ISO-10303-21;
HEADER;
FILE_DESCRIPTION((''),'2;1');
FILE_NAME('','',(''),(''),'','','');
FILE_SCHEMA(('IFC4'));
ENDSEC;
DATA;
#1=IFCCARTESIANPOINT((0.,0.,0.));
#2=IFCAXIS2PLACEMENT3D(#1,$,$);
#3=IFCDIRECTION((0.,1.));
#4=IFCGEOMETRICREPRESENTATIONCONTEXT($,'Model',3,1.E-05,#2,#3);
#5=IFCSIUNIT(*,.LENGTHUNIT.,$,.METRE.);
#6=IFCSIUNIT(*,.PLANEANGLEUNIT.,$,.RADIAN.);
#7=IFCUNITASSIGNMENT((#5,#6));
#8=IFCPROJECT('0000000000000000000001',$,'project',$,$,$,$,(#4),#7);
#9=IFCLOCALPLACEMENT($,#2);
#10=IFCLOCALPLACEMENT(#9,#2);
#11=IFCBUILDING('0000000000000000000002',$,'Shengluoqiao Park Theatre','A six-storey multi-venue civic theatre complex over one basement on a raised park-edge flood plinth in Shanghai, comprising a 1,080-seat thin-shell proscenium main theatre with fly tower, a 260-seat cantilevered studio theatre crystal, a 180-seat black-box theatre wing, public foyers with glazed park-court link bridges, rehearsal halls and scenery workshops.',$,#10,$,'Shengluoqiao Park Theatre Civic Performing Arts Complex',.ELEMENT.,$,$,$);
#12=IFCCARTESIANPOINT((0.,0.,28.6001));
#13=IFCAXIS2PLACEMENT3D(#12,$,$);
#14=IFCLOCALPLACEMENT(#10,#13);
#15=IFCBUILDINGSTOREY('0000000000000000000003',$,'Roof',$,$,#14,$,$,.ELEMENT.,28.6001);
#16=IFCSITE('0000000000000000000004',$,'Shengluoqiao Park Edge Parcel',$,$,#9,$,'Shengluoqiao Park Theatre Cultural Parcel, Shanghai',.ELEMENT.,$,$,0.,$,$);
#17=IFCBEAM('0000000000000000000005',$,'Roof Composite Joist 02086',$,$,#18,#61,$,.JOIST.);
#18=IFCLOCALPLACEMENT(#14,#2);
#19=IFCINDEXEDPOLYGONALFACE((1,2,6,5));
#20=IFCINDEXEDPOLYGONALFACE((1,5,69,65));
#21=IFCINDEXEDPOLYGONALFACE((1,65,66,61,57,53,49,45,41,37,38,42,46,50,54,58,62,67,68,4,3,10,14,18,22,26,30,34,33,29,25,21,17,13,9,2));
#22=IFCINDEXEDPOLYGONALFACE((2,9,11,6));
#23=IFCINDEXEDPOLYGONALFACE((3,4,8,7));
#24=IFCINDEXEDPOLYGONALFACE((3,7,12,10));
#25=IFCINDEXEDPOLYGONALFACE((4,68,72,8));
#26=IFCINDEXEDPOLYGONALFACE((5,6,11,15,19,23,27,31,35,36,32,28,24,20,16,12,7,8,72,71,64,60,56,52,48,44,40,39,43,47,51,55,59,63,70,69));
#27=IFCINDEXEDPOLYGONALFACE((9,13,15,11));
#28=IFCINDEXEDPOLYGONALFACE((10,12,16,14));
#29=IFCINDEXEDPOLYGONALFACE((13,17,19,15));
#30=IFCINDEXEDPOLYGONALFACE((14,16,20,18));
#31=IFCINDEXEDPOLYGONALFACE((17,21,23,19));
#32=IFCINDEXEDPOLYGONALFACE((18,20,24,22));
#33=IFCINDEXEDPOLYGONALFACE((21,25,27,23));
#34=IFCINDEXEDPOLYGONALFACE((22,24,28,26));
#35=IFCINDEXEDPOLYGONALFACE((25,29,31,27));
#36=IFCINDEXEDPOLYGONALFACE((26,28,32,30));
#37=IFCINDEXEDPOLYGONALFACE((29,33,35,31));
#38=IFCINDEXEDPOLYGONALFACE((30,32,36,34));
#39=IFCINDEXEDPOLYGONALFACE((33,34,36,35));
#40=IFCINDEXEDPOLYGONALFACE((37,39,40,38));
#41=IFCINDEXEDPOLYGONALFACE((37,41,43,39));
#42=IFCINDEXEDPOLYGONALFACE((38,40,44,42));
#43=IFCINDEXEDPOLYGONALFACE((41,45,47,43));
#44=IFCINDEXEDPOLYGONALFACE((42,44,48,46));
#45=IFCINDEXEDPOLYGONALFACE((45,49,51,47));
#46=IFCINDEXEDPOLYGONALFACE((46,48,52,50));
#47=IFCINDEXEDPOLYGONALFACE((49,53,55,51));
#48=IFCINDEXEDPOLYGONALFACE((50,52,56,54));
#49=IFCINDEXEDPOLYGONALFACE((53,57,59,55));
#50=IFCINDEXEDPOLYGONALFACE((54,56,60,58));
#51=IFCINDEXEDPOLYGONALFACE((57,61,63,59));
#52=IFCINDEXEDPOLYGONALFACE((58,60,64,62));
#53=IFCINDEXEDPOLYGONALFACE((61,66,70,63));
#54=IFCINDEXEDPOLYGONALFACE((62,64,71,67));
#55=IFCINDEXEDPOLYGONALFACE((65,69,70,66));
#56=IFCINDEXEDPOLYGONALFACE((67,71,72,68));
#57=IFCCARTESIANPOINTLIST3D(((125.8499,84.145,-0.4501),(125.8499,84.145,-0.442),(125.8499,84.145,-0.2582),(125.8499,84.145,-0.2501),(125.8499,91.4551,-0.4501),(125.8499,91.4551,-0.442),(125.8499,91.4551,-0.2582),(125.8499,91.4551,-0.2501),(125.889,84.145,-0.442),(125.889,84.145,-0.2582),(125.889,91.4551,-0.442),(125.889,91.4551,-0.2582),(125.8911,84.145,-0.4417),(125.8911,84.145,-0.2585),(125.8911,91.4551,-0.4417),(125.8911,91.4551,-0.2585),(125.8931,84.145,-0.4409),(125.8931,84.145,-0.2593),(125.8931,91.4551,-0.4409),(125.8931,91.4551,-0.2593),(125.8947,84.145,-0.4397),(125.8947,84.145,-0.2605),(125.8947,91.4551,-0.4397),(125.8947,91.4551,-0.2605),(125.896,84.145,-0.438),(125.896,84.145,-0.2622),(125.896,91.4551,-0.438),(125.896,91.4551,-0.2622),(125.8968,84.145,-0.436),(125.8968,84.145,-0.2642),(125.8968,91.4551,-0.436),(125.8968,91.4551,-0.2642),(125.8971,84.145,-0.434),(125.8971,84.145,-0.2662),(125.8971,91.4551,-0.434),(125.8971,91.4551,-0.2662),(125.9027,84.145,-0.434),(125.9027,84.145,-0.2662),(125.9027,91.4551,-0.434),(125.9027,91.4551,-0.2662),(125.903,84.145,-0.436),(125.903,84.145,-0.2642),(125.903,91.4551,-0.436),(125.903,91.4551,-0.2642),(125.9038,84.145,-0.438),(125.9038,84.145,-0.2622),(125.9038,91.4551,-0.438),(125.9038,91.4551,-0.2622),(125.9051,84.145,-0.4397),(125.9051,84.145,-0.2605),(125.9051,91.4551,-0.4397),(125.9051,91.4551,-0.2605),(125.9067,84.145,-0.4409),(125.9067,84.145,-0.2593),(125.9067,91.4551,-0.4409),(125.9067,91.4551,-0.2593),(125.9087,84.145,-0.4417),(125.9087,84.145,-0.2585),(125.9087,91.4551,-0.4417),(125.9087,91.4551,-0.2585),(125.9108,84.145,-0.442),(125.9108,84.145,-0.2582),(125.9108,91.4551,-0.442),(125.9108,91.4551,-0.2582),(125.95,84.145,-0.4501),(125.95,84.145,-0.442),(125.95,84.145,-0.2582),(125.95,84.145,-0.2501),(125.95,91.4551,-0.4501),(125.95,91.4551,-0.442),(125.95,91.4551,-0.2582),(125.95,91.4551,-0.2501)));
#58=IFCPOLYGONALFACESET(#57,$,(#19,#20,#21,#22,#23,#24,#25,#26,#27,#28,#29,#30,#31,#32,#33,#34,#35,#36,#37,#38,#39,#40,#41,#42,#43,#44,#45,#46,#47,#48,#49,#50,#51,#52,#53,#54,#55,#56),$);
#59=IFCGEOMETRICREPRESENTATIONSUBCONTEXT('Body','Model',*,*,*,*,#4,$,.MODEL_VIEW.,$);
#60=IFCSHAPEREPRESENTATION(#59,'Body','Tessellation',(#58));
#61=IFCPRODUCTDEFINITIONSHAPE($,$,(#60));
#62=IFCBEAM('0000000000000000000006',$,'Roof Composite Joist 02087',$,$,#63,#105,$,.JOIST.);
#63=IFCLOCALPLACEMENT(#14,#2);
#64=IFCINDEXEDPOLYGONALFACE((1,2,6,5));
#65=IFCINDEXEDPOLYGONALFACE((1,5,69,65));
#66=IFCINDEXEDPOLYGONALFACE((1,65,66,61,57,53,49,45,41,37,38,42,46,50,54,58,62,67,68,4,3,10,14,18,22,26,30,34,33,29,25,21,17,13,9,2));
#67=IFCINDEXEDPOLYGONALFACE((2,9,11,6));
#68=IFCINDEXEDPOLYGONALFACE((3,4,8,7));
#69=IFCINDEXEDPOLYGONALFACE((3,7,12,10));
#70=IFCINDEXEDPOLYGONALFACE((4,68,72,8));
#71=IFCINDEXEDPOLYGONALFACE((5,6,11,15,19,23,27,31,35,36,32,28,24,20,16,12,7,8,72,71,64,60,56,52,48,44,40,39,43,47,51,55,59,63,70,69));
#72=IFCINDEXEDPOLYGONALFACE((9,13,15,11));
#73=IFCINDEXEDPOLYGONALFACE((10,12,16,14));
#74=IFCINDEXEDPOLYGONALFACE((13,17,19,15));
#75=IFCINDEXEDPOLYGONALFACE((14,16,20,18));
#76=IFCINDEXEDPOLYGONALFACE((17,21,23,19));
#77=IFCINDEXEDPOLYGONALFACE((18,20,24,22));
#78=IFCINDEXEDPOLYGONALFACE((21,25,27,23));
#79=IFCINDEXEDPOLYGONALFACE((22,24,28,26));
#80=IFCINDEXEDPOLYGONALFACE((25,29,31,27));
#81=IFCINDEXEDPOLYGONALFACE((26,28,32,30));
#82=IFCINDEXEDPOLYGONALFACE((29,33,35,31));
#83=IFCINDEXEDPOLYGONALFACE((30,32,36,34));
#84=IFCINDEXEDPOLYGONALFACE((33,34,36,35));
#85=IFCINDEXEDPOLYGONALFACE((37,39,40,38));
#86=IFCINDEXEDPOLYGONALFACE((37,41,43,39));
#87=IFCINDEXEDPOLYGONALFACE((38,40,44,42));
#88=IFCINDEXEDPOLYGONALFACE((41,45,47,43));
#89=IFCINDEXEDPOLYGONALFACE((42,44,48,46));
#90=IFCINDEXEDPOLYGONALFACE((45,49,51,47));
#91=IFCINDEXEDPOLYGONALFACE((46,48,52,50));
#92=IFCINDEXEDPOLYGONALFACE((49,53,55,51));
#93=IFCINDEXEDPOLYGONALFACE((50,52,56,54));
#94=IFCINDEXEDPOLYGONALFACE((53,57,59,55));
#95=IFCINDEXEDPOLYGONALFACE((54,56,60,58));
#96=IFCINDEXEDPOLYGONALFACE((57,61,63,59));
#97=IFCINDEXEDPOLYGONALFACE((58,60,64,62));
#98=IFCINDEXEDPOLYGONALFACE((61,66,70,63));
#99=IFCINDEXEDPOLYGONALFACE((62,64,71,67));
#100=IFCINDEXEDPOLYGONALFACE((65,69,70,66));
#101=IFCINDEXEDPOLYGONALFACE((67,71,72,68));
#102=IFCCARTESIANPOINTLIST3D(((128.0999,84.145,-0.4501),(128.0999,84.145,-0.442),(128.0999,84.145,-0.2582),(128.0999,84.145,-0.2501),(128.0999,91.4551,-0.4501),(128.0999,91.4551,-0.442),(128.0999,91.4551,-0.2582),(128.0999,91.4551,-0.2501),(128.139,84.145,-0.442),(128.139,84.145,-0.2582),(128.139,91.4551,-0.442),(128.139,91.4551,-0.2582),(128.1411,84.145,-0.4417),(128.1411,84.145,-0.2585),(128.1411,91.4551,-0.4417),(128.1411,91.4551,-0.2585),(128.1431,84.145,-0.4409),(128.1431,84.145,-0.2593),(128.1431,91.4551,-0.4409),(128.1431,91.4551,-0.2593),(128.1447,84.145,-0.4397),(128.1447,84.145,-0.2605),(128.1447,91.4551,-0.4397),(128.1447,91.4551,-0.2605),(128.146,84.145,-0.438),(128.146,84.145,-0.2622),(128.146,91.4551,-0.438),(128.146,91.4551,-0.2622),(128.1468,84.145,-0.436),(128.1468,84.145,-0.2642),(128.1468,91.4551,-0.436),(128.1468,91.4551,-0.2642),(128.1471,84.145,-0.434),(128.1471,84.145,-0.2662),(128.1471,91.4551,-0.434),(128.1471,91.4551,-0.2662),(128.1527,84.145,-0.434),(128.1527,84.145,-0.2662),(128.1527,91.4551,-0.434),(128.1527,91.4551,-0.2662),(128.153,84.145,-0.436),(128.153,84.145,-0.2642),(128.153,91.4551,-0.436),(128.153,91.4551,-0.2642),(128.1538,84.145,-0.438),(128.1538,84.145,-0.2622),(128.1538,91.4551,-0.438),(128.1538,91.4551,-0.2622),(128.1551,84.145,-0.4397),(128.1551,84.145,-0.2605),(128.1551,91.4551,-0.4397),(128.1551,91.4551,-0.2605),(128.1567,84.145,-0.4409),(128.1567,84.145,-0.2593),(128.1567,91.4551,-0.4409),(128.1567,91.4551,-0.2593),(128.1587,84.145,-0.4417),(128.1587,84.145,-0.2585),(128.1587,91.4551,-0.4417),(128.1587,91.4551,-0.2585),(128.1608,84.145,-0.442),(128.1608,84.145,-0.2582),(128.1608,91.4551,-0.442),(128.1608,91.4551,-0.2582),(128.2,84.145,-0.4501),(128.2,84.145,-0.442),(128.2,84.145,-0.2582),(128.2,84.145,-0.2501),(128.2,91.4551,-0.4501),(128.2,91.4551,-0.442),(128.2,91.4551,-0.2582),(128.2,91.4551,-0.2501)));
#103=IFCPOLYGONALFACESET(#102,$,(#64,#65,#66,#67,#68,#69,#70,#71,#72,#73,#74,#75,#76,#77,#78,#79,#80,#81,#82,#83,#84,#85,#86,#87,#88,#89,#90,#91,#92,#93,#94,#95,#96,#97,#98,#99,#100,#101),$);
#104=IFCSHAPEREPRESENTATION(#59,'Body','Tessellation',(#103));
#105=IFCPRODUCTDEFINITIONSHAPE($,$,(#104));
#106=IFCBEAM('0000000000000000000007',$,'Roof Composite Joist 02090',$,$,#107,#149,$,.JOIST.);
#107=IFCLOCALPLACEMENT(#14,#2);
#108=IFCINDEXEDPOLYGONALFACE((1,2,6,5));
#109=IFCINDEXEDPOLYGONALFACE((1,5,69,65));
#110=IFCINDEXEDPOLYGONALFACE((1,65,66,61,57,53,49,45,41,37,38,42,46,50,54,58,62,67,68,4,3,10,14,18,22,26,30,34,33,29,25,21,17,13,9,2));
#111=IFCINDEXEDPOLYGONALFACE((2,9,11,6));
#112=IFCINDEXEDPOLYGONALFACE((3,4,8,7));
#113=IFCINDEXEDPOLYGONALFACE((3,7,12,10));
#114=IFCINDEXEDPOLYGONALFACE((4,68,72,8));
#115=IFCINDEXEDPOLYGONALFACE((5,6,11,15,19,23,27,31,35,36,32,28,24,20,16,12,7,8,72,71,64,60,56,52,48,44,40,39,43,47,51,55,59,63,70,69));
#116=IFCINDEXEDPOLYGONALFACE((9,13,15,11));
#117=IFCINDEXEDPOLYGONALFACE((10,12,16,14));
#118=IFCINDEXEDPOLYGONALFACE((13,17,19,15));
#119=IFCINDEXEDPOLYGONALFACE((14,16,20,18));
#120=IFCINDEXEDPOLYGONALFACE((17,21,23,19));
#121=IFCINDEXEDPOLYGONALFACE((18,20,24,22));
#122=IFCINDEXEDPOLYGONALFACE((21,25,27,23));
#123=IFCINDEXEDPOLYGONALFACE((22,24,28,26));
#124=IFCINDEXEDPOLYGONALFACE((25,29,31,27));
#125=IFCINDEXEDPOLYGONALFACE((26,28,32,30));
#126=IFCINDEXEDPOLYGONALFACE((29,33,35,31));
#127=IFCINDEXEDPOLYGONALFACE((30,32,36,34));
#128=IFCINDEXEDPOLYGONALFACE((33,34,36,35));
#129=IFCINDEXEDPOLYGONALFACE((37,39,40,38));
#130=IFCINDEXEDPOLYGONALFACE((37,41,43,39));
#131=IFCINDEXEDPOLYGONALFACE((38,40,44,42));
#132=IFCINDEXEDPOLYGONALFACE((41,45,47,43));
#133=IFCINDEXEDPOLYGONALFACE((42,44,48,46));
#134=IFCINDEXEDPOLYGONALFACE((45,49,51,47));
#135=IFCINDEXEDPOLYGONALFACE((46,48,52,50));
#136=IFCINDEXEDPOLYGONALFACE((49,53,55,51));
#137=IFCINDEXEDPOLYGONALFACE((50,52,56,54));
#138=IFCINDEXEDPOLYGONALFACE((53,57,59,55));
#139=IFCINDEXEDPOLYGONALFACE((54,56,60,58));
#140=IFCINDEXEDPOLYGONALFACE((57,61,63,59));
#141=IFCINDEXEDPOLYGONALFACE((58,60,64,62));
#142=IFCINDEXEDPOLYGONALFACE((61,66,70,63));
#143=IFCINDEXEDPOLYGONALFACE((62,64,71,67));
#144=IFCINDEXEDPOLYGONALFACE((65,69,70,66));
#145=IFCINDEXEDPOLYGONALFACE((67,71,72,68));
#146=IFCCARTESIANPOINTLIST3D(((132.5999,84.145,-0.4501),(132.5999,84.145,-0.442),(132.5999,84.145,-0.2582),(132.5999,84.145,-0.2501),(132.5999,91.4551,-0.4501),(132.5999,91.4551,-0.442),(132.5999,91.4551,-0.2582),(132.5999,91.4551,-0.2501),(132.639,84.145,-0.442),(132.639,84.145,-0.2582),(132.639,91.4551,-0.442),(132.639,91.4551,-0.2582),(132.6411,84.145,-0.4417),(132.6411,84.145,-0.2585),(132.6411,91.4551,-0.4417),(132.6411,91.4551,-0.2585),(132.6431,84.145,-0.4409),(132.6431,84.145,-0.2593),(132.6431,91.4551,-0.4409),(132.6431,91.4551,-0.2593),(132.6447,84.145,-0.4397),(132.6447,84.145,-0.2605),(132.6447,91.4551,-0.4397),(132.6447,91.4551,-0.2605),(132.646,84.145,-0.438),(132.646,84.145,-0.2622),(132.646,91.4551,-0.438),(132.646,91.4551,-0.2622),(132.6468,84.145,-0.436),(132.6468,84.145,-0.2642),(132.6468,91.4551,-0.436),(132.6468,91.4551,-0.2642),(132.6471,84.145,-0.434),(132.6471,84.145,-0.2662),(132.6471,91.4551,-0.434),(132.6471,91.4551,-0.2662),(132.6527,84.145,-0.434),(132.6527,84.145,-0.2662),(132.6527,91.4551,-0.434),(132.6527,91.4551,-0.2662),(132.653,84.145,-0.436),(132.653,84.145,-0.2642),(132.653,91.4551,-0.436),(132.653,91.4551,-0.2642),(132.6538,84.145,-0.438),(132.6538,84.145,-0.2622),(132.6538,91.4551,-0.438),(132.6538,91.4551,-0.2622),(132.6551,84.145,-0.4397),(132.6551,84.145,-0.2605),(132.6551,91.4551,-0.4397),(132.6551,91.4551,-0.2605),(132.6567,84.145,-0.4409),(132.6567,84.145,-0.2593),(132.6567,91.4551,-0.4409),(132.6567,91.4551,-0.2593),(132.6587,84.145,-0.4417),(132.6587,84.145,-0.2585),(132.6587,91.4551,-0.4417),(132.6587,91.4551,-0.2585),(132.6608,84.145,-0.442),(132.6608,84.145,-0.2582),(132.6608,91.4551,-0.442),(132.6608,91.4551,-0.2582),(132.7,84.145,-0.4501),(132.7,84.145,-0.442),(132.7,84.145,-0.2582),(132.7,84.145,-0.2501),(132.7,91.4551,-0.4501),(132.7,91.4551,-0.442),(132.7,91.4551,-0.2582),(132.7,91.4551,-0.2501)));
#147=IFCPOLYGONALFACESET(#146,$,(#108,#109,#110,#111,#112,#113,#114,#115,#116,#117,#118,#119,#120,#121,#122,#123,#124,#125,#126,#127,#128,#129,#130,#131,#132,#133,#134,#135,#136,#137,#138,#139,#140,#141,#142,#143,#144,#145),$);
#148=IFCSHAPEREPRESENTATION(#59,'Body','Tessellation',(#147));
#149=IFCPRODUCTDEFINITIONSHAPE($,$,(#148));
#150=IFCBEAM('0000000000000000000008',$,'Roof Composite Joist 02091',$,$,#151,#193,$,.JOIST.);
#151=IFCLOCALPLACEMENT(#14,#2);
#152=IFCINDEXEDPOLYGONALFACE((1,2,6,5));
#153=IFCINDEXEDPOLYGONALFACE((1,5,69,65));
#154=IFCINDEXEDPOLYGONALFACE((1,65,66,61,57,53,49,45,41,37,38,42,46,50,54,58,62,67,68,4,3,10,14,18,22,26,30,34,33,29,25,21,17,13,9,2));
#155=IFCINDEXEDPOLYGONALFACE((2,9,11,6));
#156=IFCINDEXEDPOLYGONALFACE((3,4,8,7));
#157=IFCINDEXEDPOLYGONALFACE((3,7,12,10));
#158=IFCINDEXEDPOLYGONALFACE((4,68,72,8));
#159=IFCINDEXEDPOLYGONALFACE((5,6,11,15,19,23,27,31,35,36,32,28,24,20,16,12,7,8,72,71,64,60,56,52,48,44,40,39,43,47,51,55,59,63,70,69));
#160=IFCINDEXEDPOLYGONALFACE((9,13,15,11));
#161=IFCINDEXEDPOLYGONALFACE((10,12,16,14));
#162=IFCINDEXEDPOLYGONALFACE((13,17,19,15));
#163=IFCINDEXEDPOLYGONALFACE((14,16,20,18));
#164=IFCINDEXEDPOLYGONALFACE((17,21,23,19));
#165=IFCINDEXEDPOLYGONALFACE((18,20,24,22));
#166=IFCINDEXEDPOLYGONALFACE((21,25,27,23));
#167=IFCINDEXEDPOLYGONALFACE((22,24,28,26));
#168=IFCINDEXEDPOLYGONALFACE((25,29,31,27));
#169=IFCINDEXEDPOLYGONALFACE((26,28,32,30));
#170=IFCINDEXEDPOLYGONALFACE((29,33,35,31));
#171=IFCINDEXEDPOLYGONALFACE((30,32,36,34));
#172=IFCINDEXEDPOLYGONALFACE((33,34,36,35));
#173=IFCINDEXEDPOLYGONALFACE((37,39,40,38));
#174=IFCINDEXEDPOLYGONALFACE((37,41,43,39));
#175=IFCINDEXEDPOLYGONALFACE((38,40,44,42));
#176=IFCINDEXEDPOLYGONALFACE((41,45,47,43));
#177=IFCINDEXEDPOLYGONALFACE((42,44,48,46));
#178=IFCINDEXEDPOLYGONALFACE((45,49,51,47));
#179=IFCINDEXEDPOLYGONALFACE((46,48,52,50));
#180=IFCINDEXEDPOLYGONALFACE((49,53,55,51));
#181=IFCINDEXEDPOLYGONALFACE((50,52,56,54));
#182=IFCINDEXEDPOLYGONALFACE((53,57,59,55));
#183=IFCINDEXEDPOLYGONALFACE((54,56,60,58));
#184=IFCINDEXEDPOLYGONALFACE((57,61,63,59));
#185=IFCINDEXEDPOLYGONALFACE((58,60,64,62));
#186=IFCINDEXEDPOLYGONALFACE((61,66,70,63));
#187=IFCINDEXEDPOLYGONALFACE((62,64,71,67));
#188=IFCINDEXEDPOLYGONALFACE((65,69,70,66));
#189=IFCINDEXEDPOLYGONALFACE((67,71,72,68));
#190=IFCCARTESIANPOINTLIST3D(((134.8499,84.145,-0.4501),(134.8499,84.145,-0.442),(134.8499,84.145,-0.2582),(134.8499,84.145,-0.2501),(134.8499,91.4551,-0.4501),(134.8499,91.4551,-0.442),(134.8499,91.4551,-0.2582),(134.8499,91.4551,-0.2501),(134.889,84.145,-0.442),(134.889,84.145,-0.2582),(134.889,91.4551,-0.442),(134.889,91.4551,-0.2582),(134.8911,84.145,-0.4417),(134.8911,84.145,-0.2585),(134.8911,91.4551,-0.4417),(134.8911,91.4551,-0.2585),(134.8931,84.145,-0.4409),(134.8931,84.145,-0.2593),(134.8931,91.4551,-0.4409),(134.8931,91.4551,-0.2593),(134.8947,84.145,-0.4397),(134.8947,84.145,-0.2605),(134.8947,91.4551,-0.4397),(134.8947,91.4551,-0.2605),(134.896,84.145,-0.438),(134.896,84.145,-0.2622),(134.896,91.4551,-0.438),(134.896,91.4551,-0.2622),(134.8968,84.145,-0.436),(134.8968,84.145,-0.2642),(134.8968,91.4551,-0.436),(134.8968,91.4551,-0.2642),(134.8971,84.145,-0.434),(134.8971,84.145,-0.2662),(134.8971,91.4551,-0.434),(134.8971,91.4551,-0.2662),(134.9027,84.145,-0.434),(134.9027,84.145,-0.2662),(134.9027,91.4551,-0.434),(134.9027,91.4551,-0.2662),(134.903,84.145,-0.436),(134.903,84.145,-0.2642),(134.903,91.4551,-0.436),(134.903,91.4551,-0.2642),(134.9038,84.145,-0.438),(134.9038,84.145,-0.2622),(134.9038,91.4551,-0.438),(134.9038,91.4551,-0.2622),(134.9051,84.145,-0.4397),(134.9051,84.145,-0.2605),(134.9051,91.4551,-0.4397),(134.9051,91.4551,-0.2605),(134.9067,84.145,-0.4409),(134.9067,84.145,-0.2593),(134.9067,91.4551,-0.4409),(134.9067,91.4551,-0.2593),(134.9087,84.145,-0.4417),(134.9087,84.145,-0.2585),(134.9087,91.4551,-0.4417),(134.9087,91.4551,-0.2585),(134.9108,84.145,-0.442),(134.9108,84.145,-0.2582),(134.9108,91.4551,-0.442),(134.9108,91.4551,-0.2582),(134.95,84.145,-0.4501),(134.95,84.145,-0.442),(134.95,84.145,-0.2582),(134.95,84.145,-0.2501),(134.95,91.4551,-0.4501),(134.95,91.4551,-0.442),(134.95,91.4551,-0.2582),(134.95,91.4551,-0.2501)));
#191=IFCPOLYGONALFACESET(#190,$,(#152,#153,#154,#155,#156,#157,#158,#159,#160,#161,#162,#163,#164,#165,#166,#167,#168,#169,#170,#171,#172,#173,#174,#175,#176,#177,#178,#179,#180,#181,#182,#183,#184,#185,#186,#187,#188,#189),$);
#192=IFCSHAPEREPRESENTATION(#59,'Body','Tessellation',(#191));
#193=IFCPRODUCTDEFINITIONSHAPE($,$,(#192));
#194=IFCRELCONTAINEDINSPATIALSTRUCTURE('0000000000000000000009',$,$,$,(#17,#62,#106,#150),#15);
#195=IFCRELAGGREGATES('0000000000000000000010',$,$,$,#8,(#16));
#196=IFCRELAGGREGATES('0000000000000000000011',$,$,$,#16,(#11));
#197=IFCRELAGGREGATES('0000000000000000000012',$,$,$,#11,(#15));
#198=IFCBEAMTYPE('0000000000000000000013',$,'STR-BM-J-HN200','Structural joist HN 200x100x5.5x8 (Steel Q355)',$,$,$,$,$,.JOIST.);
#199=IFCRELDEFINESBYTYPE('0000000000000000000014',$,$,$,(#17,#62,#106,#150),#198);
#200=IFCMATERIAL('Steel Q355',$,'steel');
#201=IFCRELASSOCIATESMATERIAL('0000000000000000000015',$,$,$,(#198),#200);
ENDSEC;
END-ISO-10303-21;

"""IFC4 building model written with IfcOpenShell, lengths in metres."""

from ifc_helpers import new_model, si_unit, direction, frame, origin, origin_2d, place, context, subcontext, project, spatial, i_section, extrude, material, material_profile, profile_set, type_object, element, save


model = new_model("IFC4")

# Units and contexts
model_context = context("Model", 3, precision=1e-05, world=origin(), true_north=direction((0.0, 1.0)))
body_context = subcontext(model_context, "Body", "Model", "MODEL_VIEW")
ifc_project = project(units=[si_unit("LENGTHUNIT", "METRE"), si_unit("PLANEANGLEUNIT", "RADIAN")], contexts=[model_context])

# Site, building, storey
site_placement = place(None, origin())
site = spatial("IfcSite", under=ifc_project, at=site_placement, Name="Shengluoqiao Park Edge Parcel", LongName="Shengluoqiao Park Theatre Cultural Parcel, Shanghai", CompositionType="ELEMENT", RefElevation=0.0)
building_placement = place(site_placement, origin())
building = spatial("IfcBuilding", under=site, at=building_placement, Name="Shengluoqiao Park Theatre", Description="A six-storey multi-venue civic theatre complex over one basement on a raised park-edge flood plinth in Shanghai, comprising a 1,080-seat thin-shell proscenium main theatre with fly tower, a 260-seat cantilevered studio theatre crystal, a 180-seat black-box theatre wing, public foyers with glazed park-court link bridges, rehearsal halls and scenery workshops.", LongName="Shengluoqiao Park Theatre Civic Performing Arts Complex", CompositionType="ELEMENT")
storey_placement = place(building_placement, frame((0.0, 0.0, 28.6001)))
storey = spatial("IfcBuildingStorey", under=building, at=storey_placement, Name="Roof", CompositionType="ELEMENT", Elevation=28.6001)

# Beams
ifc_material_1 = material(Name="Steel Q355", Category="steel")
ifc_material_profile_1 = material_profile(ifc_material_1, i_section(OverallWidth=0.1001, OverallDepth=0.2, WebThickness=0.0056, FlangeThickness=0.0081, FilletRadius=0.0081, at=origin_2d()), Name="HN 200x100x5.5x8")
ifc_profile_set_1 = profile_set([ifc_material_profile_1], Name="Steel Q355")
beam_type_1 = type_object("IfcBeamType", Name="STR-BM-J-HN200", Description="Structural joist HN 200x100x5.5x8 (Steel Q355)", PredefinedType="JOIST", material=ifc_profile_set_1)
for number, where, z_axis, x_axis, name in (
    (1, (125.8999, 84.145, -0.3501), (0.0, 1.0, 0.0), (-1.0, 0.0, 0.0), "Roof Composite Joist 02086"),
    (2, (128.1499, 84.145, -0.3501), (0.0, 1.0, 0.0), (-1.0, 0.0, 0.0), "Roof Composite Joist 02087"),
    (3, (132.6499, 84.145, -0.3501), (0.0, 1.0, 0.0), (-1.0, 0.0, 0.0), "Roof Composite Joist 02090"),
    (4, (134.8999, 84.145, -0.3501), (0.0, 1.0, 0.0), (-1.0, 0.0, 0.0), "Roof Composite Joist 02091"),
):
    element("IfcBeam", number, at=place(storey_placement, frame(where, z_axis=z_axis, x_axis=x_axis)), inside=storey, type_object=beam_type_1, Name=name, PredefinedType="JOIST", context=body_context, shape_type="SweptSolid", body=[
        extrude(i_section(OverallWidth=0.1001, OverallDepth=0.2, WebThickness=0.0056, FlangeThickness=0.0081, FilletRadius=0.0081, at=origin_2d()), origin(), (0.0, 0.0, 1.0), 7.3101),
    ])

save(model, "model.ifc")
